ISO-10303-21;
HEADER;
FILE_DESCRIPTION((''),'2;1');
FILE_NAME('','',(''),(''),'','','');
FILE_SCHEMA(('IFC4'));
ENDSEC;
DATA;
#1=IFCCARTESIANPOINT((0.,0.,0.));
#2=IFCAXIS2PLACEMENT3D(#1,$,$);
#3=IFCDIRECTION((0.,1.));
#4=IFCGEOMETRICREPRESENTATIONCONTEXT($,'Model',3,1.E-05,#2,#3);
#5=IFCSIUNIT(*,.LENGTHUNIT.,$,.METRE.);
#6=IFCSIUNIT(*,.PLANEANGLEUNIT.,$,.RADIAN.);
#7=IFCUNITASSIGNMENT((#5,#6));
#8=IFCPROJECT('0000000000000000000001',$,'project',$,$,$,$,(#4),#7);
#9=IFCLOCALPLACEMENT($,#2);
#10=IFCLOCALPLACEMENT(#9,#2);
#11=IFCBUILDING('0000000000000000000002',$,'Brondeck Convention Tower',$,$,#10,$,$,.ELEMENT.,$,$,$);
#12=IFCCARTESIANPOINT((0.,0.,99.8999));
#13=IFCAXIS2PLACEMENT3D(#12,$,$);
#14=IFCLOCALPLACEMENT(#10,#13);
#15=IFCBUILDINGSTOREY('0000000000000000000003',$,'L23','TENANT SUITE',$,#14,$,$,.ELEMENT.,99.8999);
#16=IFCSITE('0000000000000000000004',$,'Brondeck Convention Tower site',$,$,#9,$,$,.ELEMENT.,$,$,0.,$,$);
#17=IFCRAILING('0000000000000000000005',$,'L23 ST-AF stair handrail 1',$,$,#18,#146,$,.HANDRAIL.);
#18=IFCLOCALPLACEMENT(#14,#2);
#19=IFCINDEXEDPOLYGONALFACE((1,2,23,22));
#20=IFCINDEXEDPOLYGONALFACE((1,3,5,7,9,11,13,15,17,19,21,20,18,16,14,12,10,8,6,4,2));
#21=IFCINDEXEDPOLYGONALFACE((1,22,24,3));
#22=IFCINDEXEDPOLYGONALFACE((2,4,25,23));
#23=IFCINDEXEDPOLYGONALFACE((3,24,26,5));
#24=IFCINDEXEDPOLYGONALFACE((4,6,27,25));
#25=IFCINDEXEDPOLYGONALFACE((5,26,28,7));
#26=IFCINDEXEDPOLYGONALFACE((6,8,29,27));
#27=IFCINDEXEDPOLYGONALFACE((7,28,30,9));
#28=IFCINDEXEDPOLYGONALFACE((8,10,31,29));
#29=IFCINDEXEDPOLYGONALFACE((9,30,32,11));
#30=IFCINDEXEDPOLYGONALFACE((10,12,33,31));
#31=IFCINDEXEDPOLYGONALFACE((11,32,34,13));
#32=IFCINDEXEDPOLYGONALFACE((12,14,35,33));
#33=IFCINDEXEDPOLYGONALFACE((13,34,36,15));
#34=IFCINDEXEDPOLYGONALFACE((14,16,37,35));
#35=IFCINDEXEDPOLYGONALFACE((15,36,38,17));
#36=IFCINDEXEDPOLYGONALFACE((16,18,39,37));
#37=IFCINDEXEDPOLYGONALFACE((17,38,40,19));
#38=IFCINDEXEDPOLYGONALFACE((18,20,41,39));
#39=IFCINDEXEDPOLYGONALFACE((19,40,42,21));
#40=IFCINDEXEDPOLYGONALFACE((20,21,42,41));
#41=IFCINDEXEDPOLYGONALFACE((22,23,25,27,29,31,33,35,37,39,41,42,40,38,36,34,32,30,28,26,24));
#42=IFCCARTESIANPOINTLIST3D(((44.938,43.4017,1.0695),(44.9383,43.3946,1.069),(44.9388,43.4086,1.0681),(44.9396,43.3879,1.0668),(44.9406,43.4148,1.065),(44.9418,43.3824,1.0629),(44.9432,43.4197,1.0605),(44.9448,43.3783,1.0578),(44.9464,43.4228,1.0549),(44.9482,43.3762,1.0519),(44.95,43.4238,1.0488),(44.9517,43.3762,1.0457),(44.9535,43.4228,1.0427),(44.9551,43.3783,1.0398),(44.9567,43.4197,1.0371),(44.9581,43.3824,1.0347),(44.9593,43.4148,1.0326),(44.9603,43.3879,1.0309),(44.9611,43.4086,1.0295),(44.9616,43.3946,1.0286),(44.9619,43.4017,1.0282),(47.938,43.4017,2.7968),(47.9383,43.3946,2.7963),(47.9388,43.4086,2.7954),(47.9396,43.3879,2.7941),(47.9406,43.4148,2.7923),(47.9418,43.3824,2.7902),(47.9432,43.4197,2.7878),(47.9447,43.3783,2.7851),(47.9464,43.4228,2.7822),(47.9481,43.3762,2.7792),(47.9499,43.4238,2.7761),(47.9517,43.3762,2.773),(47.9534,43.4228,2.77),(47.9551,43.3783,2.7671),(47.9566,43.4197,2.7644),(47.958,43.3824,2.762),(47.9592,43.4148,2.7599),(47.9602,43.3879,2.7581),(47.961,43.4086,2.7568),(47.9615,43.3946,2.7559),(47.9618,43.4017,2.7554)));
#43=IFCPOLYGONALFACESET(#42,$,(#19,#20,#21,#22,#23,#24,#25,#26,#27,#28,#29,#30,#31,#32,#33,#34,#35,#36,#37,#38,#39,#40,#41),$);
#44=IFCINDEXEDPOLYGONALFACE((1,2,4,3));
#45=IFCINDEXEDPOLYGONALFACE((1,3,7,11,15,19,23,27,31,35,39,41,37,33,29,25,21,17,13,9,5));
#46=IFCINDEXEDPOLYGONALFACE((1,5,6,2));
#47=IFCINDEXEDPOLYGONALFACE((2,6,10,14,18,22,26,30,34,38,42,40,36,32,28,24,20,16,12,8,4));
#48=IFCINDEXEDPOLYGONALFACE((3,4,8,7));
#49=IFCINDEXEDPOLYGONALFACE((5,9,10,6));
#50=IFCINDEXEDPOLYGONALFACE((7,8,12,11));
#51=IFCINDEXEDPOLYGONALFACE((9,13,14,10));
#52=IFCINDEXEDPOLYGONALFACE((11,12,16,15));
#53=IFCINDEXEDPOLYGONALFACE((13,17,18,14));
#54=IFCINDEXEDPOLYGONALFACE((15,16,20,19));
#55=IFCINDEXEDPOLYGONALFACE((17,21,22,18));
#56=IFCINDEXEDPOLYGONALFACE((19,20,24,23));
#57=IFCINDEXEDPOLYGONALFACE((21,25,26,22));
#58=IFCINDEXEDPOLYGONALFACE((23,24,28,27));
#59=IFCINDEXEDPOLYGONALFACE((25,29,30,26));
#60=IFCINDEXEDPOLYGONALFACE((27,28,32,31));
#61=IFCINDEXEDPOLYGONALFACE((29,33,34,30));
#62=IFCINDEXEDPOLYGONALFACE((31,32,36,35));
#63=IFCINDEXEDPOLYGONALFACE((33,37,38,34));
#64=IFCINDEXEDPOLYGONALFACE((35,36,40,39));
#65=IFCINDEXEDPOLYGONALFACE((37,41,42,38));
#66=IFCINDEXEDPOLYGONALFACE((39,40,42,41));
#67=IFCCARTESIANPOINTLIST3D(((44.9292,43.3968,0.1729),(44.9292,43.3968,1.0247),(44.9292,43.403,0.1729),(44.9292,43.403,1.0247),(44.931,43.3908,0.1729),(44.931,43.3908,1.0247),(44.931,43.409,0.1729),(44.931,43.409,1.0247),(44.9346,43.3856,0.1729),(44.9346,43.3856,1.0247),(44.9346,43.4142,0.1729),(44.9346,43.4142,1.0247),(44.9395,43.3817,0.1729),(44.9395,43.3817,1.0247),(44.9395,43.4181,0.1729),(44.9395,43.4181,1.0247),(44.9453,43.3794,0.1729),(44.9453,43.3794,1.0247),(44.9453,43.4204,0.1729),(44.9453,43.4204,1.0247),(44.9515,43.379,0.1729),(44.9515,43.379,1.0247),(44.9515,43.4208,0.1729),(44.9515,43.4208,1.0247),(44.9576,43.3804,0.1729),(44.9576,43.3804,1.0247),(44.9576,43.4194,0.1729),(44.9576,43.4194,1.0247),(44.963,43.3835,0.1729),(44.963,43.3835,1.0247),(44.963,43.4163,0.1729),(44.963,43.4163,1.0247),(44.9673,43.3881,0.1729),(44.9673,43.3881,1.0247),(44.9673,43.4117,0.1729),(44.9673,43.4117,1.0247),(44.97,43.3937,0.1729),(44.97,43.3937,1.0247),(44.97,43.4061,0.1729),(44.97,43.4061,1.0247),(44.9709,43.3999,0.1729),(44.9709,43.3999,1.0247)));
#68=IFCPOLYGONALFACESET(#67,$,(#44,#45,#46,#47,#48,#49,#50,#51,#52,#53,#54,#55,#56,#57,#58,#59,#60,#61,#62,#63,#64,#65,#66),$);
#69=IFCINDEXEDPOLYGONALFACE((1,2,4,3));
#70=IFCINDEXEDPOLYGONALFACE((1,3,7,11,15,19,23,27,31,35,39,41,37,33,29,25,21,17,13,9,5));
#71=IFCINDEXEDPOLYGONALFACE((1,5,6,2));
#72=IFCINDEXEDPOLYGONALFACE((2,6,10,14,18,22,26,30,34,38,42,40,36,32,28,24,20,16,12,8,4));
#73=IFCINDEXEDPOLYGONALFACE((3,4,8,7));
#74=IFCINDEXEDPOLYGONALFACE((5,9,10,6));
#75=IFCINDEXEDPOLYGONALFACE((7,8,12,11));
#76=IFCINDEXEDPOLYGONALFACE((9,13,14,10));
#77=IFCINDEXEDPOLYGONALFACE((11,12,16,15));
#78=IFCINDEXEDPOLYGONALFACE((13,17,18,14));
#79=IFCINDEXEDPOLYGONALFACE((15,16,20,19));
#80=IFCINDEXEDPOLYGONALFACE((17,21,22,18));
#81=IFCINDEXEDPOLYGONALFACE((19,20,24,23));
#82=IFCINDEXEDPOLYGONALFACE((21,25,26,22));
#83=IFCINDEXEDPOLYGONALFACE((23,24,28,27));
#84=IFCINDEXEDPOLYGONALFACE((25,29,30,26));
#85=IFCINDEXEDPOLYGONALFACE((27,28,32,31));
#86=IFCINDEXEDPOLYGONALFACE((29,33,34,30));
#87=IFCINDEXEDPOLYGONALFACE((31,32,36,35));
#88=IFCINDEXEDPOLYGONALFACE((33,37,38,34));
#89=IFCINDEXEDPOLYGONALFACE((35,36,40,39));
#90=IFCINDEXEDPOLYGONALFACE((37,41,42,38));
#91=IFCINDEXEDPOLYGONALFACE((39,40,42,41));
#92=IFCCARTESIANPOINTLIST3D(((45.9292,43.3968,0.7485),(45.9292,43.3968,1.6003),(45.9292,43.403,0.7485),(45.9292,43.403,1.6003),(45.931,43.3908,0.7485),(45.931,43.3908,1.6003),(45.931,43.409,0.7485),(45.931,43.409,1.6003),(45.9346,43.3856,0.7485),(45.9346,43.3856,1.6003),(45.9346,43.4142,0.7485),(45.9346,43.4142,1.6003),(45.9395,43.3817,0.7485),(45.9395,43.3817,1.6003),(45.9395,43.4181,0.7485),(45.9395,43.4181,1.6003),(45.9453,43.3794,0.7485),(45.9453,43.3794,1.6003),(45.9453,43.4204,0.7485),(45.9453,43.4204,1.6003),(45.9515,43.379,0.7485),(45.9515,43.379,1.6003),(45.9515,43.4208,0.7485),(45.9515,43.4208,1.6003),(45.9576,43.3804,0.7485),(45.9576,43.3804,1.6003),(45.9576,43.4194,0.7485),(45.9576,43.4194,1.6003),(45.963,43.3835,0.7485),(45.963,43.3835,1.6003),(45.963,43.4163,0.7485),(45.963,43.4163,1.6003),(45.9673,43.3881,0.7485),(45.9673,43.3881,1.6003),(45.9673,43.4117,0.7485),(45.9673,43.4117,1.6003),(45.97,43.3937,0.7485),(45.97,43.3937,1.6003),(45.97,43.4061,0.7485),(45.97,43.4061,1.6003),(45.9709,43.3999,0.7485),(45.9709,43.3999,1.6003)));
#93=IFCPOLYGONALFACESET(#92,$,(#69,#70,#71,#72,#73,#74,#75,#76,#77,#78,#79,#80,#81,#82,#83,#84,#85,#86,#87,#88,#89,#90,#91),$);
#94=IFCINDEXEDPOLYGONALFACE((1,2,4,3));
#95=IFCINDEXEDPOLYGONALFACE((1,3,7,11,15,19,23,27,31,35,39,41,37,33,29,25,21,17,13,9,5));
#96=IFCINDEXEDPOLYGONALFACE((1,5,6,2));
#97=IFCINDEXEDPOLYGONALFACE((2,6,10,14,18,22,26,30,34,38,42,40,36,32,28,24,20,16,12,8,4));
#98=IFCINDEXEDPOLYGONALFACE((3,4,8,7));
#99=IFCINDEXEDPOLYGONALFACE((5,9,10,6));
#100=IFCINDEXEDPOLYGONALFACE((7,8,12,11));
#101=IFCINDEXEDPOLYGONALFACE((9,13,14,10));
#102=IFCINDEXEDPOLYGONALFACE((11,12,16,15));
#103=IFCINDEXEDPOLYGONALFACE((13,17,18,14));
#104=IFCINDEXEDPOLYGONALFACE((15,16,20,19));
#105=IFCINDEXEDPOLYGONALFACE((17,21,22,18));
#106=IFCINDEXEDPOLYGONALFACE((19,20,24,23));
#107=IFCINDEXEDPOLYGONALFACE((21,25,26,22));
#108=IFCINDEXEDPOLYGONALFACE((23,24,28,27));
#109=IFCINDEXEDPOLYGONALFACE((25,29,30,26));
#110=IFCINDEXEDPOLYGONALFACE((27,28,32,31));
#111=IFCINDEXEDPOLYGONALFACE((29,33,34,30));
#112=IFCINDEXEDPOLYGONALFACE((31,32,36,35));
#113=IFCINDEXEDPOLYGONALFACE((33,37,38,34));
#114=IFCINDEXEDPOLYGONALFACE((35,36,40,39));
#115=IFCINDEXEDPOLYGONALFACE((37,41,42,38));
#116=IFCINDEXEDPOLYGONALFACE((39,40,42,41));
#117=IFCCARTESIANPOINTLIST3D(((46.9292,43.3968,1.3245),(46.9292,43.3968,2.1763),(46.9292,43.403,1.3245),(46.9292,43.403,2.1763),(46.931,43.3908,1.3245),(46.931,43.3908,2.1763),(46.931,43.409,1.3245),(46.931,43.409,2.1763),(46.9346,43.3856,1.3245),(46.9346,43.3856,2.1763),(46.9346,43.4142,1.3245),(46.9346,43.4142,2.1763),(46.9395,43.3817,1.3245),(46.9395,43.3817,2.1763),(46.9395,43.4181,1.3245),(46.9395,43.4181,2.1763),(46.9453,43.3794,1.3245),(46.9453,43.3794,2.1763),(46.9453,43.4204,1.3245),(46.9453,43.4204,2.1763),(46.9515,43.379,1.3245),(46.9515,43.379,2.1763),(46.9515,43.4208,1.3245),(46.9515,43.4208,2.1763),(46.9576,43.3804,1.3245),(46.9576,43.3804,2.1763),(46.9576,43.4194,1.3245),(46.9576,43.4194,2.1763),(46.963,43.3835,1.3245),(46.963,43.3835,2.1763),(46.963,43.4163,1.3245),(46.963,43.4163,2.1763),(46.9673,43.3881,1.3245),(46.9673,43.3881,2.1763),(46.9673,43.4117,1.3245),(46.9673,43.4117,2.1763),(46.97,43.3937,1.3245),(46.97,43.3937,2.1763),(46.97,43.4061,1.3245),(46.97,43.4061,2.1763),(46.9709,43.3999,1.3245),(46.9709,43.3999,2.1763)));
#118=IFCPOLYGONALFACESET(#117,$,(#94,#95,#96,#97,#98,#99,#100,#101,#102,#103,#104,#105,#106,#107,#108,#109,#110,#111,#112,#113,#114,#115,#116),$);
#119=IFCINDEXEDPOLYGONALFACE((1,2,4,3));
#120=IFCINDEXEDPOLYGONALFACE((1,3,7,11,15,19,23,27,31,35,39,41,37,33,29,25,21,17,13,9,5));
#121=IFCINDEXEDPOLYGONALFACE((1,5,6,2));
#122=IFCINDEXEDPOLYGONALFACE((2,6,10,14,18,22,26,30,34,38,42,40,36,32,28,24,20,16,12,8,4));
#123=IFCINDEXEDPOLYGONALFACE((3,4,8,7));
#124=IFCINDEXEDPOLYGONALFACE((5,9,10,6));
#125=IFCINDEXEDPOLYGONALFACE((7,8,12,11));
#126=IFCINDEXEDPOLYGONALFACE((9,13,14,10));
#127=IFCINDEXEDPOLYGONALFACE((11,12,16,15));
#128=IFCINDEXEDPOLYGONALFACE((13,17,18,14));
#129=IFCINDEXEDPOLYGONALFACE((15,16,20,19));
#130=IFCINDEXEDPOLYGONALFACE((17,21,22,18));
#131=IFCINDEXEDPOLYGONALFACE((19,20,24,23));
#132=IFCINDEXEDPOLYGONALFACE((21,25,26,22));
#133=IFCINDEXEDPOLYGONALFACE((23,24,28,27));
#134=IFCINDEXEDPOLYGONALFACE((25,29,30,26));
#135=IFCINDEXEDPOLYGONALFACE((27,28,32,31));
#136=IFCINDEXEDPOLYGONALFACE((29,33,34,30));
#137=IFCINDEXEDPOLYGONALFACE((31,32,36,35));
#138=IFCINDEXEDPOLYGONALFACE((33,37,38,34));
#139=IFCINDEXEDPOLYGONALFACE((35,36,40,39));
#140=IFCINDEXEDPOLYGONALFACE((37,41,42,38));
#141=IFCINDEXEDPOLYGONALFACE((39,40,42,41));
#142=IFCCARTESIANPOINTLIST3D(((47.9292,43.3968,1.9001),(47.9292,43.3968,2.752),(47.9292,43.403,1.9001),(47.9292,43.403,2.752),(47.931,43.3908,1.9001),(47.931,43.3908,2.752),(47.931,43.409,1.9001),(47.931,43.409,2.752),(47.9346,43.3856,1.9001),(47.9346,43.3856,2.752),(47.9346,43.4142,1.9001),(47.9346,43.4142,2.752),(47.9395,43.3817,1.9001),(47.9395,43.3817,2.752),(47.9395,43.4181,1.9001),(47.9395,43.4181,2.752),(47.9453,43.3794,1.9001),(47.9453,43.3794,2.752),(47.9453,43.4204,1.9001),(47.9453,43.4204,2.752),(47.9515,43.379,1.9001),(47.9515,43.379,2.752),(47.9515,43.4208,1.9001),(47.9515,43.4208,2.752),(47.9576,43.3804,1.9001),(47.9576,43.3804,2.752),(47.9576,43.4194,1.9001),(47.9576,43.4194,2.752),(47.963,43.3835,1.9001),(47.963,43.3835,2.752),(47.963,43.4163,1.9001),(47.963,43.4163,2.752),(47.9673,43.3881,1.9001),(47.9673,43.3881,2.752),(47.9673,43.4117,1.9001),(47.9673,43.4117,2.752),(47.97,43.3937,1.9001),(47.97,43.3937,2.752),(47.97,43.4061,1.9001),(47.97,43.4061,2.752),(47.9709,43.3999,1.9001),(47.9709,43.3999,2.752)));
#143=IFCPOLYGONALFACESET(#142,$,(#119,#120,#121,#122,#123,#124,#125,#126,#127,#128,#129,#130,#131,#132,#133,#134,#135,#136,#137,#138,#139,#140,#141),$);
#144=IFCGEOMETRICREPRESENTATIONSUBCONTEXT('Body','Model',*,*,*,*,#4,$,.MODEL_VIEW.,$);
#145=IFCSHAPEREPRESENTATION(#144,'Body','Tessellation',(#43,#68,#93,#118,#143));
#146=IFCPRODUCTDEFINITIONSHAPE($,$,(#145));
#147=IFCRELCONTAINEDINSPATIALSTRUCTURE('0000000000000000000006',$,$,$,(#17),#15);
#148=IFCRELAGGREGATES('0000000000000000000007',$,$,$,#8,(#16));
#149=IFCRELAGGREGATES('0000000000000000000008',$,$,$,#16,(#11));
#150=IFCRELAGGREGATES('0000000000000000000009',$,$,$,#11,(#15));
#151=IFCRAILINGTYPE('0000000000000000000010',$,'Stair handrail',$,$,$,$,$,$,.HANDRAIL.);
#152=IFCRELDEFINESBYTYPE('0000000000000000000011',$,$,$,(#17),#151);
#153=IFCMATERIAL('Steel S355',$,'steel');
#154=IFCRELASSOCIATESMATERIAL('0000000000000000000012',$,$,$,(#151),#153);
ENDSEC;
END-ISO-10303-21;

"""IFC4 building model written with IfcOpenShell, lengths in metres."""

from ifc_helpers import new_model, si_unit, direction, frame, origin, origin_2d, place, context, subcontext, project, spatial, circle, extrude, material, type_object, element, save


model = new_model("IFC4")

# Units and contexts
model_context = context("Model", 3, precision=1e-05, world=origin(), true_north=direction((0.0, 1.0)))
body_context = subcontext(model_context, "Body", "Model", "MODEL_VIEW")
ifc_project = project(units=[si_unit("LENGTHUNIT", "METRE"), si_unit("PLANEANGLEUNIT", "RADIAN")], contexts=[model_context])

# Site, building, storey
site_placement = place(None, origin())
site = spatial("IfcSite", under=ifc_project, at=site_placement, Name="Brondeck Convention Tower site", CompositionType="ELEMENT", RefElevation=0.0)
building_placement = place(site_placement, origin())
building = spatial("IfcBuilding", under=site, at=building_placement, Name="Brondeck Convention Tower", CompositionType="ELEMENT")
storey_placement = place(building_placement, frame((0.0, 0.0, 99.8999)))
storey = spatial("IfcBuildingStorey", under=building, at=storey_placement, Name="L23", Description="TENANT SUITE", CompositionType="ELEMENT", Elevation=99.8999)

# Shared definitions
ifc_material_1 = material(Name="Steel S355", Category="steel")

# Railing
railing_type = type_object("IfcRailingType", Name="Stair handrail", PredefinedType="HANDRAIL", material=ifc_material_1)
railing_placement = place(storey_placement, frame((44.95, 43.3999, 0.1729)))
element("IfcRailing", 1, at=railing_placement, inside=storey, type_object=railing_type, Name="L23 ST-AF stair handrail 1", PredefinedType="HANDRAIL", context=body_context, shape_type="SweptSolid", body=[
    extrude(circle(Radius=0.0239, at=origin_2d()), frame((0.0, 0.0, 0.876), z_axis=(0.86662, 0.0, 0.498969), x_axis=(0.0, 1.0, 0.0)), (0.0, 0.0, 1.0), 3.4617),
    extrude(circle(Radius=0.021, at=origin_2d()), origin(), (0.0, 0.0, 1.0), 0.8518),
    extrude(circle(Radius=0.021, at=origin_2d()), frame((1.0, 0.0, 0.5757)), (0.0, 0.0, 1.0), 0.8518),
    extrude(circle(Radius=0.021, at=origin_2d()), frame((2.0, 0.0, 1.1516)), (0.0, 0.0, 1.0), 0.8518),
    extrude(circle(Radius=0.021, at=origin_2d()), frame((3.0, 0.0, 1.7273)), (0.0, 0.0, 1.0), 0.8518),
])

save(model, "model.ifc")
